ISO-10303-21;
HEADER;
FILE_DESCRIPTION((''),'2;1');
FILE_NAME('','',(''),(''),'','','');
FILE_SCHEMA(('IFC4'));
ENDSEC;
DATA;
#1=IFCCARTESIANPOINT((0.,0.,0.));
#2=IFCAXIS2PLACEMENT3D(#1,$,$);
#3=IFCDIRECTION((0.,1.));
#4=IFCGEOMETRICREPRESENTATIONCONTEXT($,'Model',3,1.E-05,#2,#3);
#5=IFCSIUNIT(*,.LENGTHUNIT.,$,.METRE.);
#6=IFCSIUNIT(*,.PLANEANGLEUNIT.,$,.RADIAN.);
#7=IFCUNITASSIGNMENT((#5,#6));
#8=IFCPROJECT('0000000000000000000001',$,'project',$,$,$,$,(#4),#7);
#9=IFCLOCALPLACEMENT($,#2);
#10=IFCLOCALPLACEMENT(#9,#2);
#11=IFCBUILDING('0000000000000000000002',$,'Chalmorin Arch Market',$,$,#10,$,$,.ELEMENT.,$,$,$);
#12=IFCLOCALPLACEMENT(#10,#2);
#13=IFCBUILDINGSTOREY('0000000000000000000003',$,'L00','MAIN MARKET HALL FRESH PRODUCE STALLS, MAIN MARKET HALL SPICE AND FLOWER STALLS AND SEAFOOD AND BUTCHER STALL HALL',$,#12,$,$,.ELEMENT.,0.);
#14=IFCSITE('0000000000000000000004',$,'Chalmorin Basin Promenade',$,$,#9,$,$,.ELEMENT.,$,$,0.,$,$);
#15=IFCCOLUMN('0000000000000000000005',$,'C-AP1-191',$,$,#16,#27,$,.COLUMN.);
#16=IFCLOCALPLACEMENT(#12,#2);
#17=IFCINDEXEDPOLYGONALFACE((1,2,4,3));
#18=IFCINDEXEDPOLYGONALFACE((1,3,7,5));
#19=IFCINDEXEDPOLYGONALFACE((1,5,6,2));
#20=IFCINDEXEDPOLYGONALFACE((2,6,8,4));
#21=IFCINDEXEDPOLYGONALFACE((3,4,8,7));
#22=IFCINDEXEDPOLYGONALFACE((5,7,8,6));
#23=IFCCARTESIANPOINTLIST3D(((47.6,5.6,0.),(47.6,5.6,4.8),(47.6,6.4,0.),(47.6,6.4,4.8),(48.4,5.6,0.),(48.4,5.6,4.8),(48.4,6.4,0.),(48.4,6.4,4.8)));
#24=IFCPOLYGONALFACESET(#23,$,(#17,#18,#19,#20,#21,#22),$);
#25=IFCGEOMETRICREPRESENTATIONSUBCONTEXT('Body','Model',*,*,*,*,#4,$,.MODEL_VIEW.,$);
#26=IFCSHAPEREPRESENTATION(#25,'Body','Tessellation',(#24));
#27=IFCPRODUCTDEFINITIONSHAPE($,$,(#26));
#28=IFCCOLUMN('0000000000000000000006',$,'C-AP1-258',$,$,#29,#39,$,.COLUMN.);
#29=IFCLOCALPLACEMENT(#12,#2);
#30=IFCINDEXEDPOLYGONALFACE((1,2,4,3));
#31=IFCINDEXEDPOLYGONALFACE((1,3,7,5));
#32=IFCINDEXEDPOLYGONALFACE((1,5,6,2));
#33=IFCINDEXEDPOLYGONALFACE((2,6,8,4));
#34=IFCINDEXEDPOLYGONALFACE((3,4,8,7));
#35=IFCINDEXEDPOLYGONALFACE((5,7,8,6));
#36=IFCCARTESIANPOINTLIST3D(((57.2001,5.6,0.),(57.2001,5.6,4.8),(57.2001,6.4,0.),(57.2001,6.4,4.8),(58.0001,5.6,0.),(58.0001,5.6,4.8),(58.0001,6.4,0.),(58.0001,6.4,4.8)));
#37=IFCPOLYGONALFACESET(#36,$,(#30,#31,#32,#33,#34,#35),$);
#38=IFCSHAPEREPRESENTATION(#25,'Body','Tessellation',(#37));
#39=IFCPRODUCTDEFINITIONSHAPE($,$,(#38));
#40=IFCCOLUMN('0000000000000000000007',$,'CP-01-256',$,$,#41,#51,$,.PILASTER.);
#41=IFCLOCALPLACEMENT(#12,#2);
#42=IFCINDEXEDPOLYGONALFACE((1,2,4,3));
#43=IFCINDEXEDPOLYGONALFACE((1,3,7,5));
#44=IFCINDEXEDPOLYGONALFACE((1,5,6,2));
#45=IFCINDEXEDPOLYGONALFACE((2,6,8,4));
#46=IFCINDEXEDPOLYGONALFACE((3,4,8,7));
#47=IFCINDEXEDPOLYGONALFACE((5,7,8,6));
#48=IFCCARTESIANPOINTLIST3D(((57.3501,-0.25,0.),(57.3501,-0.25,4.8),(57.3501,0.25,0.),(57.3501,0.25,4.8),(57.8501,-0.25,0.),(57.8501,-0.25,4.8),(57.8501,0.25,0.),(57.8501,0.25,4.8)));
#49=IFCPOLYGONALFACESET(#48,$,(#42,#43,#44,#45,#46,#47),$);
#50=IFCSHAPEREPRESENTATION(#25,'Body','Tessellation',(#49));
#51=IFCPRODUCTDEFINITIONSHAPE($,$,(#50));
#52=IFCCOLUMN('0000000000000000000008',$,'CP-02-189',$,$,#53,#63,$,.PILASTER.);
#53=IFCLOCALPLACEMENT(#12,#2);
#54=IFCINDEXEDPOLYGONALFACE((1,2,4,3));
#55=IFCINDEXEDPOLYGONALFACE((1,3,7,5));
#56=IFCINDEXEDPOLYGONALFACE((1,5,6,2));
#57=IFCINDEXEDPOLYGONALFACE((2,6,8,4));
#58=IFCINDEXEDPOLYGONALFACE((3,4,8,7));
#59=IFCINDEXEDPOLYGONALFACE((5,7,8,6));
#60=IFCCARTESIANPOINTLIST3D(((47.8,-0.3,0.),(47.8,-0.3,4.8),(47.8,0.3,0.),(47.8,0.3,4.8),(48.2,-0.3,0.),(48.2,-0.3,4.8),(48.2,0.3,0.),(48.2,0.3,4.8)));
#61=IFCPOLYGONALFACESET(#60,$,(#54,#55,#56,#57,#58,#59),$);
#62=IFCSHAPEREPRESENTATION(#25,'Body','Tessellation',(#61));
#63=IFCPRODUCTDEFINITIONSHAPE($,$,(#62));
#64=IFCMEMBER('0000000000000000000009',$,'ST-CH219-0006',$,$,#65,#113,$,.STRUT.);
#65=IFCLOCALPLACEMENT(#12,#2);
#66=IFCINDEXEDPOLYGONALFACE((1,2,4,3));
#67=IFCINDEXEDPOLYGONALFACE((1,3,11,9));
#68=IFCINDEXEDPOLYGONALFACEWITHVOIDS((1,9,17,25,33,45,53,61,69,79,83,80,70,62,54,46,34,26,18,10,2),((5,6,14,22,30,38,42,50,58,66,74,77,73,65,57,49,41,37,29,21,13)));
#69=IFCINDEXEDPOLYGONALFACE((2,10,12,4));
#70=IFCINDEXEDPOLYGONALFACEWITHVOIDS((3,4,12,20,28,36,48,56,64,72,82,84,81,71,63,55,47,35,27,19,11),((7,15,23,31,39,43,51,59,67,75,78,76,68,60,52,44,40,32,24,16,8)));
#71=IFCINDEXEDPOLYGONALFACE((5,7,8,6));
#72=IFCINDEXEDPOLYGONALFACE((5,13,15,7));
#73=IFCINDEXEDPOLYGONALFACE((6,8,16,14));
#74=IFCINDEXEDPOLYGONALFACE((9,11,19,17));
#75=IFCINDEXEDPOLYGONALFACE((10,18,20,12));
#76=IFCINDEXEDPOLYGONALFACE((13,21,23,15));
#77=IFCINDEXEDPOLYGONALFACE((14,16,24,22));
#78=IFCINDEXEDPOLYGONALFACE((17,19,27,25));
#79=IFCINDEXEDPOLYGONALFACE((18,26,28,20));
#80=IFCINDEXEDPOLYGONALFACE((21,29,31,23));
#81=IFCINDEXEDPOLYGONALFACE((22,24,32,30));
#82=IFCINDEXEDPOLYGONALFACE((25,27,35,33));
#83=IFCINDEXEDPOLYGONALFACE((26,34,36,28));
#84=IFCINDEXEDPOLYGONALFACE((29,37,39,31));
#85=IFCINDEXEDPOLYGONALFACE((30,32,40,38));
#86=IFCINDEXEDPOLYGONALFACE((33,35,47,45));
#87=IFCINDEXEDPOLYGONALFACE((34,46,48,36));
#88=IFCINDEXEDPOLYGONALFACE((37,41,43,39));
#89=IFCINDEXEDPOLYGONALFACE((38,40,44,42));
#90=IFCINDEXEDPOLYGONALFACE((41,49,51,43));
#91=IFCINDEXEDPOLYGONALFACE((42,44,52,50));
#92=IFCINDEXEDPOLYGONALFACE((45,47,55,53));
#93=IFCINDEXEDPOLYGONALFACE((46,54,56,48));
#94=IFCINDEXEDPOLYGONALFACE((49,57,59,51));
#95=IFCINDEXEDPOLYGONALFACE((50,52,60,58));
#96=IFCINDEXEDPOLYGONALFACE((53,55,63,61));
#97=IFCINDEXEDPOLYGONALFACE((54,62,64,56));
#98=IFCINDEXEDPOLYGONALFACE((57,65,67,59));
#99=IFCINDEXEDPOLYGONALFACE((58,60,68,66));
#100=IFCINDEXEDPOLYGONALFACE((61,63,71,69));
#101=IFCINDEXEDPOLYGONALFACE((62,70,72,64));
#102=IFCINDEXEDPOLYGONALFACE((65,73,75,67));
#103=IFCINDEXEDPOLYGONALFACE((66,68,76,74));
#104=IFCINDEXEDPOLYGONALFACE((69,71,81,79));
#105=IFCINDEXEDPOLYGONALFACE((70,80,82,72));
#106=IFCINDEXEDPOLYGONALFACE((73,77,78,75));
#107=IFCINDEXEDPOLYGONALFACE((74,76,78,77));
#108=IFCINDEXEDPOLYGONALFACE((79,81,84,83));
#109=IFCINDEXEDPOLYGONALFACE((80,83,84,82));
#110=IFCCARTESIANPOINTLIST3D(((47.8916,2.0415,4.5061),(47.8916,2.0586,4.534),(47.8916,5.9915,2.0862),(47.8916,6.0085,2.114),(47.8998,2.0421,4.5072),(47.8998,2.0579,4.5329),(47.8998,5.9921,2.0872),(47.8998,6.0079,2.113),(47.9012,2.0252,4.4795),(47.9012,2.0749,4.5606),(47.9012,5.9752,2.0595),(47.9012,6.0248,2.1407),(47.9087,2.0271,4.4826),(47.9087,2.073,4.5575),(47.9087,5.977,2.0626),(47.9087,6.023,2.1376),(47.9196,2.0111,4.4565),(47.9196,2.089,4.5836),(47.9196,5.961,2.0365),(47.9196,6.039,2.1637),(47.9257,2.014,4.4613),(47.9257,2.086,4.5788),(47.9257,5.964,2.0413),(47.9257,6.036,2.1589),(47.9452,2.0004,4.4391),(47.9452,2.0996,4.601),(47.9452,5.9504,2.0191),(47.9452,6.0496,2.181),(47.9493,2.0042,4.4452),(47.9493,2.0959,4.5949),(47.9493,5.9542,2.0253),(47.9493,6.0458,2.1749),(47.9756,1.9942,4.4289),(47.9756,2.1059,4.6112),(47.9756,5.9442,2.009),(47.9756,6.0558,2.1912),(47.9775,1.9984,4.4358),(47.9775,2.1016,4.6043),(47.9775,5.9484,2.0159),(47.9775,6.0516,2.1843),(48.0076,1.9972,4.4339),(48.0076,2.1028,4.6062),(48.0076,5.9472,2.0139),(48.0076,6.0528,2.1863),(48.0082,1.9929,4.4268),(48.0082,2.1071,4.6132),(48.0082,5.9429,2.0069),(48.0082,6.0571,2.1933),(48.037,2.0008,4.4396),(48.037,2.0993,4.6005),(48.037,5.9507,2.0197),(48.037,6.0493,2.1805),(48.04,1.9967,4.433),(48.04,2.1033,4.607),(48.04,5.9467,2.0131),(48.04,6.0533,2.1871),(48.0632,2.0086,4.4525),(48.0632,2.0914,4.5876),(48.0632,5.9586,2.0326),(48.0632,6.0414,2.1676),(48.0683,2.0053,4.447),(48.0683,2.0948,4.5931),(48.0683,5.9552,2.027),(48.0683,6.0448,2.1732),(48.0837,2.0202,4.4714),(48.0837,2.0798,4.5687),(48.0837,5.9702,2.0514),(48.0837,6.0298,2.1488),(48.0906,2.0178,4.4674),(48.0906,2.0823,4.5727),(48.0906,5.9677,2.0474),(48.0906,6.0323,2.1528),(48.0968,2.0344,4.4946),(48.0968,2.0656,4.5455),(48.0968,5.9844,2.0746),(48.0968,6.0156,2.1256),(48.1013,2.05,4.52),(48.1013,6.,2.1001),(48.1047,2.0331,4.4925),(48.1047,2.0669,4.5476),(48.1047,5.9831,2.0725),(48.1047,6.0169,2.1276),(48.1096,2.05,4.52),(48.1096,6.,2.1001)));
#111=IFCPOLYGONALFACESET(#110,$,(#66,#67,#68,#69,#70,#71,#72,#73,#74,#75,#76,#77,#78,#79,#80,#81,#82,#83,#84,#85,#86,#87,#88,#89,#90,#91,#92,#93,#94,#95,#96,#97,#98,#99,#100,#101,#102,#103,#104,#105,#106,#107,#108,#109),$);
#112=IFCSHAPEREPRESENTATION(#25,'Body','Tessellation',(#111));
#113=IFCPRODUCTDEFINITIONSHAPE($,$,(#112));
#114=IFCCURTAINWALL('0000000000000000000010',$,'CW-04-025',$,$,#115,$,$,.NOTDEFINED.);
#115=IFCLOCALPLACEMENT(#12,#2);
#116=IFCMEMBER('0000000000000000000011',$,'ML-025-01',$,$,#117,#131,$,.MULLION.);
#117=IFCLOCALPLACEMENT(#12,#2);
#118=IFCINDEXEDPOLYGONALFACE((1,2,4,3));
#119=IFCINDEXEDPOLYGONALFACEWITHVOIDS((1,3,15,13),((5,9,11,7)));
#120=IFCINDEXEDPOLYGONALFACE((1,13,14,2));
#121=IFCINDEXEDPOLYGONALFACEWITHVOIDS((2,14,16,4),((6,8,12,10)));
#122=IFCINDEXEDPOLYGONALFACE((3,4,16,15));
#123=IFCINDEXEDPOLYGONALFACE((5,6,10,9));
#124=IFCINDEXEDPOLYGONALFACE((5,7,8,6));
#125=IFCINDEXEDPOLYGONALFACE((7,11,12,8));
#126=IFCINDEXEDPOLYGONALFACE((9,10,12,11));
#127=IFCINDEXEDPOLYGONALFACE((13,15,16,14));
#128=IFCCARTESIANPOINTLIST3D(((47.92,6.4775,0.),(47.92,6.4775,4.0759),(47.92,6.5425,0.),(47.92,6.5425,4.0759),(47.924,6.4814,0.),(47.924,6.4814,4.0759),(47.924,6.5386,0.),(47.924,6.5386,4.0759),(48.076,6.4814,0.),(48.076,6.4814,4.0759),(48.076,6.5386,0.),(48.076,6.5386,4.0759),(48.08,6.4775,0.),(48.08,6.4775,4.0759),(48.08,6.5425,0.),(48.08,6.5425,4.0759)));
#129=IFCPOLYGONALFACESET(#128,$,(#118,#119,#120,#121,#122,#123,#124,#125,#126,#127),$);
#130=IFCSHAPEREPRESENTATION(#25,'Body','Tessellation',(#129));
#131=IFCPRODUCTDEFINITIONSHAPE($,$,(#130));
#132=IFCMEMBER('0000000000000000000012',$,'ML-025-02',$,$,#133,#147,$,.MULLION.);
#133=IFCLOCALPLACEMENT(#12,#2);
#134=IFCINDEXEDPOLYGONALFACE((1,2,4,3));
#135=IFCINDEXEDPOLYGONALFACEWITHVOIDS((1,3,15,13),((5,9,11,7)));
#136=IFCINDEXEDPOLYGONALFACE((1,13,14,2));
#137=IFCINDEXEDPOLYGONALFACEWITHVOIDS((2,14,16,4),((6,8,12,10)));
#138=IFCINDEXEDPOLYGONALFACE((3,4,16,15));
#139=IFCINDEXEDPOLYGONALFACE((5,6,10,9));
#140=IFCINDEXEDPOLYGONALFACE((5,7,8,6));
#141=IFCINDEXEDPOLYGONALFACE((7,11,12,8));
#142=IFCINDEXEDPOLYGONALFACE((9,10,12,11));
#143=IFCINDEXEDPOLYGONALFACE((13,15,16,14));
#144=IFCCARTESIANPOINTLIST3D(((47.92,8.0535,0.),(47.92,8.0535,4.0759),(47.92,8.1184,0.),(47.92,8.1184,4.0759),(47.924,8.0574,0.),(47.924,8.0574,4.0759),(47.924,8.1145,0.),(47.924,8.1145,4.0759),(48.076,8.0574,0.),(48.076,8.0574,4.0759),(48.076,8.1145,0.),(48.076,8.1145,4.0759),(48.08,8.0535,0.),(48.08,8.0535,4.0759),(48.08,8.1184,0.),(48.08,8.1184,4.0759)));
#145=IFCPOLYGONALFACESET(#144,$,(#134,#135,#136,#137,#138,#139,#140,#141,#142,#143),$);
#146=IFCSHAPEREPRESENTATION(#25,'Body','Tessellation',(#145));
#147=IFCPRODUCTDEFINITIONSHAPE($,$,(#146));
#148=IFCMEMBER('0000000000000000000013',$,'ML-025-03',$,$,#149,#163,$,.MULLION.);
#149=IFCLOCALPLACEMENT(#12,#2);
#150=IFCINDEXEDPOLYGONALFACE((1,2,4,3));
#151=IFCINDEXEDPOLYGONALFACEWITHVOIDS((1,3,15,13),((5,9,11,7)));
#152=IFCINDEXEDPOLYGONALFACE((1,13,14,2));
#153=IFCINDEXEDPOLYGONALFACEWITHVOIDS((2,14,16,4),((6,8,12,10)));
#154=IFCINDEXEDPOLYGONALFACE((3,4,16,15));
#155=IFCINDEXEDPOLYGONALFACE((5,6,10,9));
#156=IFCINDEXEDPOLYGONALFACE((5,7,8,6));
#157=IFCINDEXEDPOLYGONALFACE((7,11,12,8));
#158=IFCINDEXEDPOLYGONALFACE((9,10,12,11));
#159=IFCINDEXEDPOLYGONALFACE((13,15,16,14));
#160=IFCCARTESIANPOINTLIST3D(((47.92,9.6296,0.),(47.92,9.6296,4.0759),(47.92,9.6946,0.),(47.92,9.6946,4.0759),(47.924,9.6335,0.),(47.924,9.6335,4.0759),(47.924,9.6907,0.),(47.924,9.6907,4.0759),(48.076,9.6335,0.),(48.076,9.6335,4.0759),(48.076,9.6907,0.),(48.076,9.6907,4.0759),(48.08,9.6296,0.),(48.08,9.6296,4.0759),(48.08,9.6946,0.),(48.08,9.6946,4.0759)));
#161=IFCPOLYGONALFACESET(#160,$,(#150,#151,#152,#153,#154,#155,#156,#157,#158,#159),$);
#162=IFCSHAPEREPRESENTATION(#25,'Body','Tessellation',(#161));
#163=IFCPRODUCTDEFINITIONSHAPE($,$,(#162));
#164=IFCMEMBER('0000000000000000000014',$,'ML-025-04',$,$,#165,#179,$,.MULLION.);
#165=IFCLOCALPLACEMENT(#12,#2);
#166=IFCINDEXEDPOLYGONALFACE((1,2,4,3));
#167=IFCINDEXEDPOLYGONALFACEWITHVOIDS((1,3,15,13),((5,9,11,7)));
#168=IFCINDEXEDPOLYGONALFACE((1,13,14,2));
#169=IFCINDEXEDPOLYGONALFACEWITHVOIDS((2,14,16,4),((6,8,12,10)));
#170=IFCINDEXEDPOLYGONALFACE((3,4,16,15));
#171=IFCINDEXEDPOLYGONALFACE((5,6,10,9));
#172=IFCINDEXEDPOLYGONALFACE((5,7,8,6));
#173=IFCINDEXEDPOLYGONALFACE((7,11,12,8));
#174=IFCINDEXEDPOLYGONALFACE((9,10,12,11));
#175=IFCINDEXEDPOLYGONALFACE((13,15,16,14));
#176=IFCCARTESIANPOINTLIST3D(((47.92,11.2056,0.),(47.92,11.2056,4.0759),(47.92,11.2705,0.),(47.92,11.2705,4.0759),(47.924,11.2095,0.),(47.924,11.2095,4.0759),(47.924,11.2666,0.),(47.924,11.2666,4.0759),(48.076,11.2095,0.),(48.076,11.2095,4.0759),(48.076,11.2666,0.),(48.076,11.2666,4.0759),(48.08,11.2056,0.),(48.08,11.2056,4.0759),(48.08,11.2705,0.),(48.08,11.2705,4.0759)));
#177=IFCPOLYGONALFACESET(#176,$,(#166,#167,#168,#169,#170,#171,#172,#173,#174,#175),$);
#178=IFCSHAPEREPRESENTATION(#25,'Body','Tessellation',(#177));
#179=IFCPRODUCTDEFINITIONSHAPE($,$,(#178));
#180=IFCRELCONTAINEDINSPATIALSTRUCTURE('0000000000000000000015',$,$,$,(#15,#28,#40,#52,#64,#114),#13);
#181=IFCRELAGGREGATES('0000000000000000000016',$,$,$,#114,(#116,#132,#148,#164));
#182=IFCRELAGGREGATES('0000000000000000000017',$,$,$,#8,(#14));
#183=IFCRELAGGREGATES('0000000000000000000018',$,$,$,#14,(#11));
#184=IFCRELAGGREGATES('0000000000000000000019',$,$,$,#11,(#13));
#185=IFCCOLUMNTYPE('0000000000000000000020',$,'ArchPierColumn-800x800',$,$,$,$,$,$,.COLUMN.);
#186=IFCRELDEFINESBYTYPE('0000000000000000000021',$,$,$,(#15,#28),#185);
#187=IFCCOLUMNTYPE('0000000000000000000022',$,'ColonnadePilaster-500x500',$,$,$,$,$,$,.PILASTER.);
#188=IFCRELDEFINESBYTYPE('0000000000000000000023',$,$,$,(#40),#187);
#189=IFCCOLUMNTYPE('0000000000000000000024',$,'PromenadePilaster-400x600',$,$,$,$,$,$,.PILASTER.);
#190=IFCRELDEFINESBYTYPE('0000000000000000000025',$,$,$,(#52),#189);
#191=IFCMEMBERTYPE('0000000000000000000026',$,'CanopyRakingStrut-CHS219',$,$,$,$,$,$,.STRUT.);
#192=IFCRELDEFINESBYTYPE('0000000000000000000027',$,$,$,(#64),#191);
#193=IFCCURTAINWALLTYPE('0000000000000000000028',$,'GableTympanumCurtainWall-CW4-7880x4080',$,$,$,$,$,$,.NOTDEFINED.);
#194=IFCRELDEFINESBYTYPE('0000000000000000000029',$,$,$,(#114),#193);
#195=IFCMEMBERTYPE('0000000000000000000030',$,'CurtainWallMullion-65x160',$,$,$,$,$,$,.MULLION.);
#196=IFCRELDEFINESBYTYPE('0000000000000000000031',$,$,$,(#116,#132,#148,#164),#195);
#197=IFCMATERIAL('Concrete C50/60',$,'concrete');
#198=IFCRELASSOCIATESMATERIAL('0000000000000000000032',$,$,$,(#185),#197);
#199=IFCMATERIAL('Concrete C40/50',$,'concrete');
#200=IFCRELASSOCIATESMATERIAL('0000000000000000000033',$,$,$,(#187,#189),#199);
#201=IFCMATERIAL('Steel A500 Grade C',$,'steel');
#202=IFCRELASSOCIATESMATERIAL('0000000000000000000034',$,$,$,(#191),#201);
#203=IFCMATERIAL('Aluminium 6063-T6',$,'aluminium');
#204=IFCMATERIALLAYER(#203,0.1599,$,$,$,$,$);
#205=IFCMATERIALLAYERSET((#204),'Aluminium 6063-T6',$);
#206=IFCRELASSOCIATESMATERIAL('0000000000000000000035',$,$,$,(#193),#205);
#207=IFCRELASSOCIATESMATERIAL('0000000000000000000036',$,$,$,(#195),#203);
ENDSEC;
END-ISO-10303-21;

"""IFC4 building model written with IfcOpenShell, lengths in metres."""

from ifc_helpers import new_model, si_unit, direction, frame, origin, origin_2d, place, context, subcontext, project, spatial, rectangle, hollow_rectangle, hollow_circle, extrude, material, layer, layer_set, material_profile, profile_set, type_object, element, aggregate, save


model = new_model("IFC4")

# Units and contexts
model_context = context("Model", 3, precision=1e-05, world=origin(), true_north=direction((0.0, 1.0)))
body_context = subcontext(model_context, "Body", "Model", "MODEL_VIEW")
ifc_project = project(units=[si_unit("LENGTHUNIT", "METRE"), si_unit("PLANEANGLEUNIT", "RADIAN")], contexts=[model_context])

# Site, building, storey
site_placement = place(None, origin())
site = spatial("IfcSite", under=ifc_project, at=site_placement, Name="Chalmorin Basin Promenade", CompositionType="ELEMENT", RefElevation=0.0)
building_placement = place(site_placement, origin())
building = spatial("IfcBuilding", under=site, at=building_placement, Name="Chalmorin Arch Market", CompositionType="ELEMENT")
storey_placement = place(building_placement, origin())
storey = spatial("IfcBuildingStorey", under=building, at=storey_placement, Name="L00", Description="MAIN MARKET HALL FRESH PRODUCE STALLS, MAIN MARKET HALL SPICE AND FLOWER STALLS AND SEAFOOD AND BUTCHER STALL HALL", CompositionType="ELEMENT", Elevation=0.0)

# Columns
ifc_material_1 = material(Name="Concrete C50/60", Category="concrete")
ifc_material_profile_1 = material_profile(ifc_material_1, rectangle(XDim=0.8, YDim=0.8, at=origin_2d()), Name="RC800X800")
ifc_profile_set_1 = profile_set([ifc_material_profile_1], Name="Concrete C50/60")
column_type_1 = type_object("IfcColumnType", Name="ArchPierColumn-800x800", PredefinedType="COLUMN", material=ifc_profile_set_1)
for number, where, z_axis, x_axis, name in (
    (1, (48.0, 6.0, 0.0), (0.0, 0.0, 1.0), (1.0, 0.0, 0.0), "C-AP1-191"),
    (2, (57.6001, 6.0, 0.0), (0.0, 0.0, 1.0), (1.0, 0.0, 0.0), "C-AP1-258"),
):
    element("IfcColumn", number, at=place(storey_placement, frame(where, z_axis=z_axis, x_axis=x_axis)), inside=storey, type_object=column_type_1, Name=name, PredefinedType="COLUMN", context=body_context, shape_type="SweptSolid", body=[
        extrude(rectangle(XDim=0.8, YDim=0.8, at=origin_2d()), origin(), (0.0, 0.0, 1.0), 4.8),
    ])
ifc_material_2 = material(Name="Concrete C40/50", Category="concrete")
ifc_material_profile_2 = material_profile(ifc_material_2, rectangle(XDim=0.5, YDim=0.5, at=origin_2d()), Name="RC500X500")
ifc_profile_set_2 = profile_set([ifc_material_profile_2], Name="Concrete C40/50")
column_type_2 = type_object("IfcColumnType", Name="ColonnadePilaster-500x500", PredefinedType="PILASTER", material=ifc_profile_set_2)
column_1_placement = place(storey_placement, frame((57.6001, 0.0, 0.0), z_axis=(0.0, 0.0, 1.0), x_axis=(1.0, 0.0, 0.0)))
element("IfcColumn", 3, at=column_1_placement, inside=storey, type_object=column_type_2, Name="CP-01-256", PredefinedType="PILASTER", context=body_context, shape_type="SweptSolid", body=[
    extrude(rectangle(XDim=0.5, YDim=0.5, at=origin_2d()), origin(), (0.0, 0.0, 1.0), 4.8),
])
ifc_material_profile_3 = material_profile(ifc_material_2, rectangle(XDim=0.3999, YDim=0.6001, at=origin_2d()), Name="RC400X600")
ifc_profile_set_3 = profile_set([ifc_material_profile_3], Name="Concrete C40/50")
column_type_3 = type_object("IfcColumnType", Name="PromenadePilaster-400x600", PredefinedType="PILASTER", material=ifc_profile_set_3)
column_2_placement = place(storey_placement, frame((48.0, 0.0, 0.0), z_axis=(0.0, 0.0, 1.0), x_axis=(1.0, 0.0, 0.0)))
element("IfcColumn", 4, at=column_2_placement, inside=storey, type_object=column_type_3, Name="CP-02-189", PredefinedType="PILASTER", context=body_context, shape_type="SweptSolid", body=[
    extrude(rectangle(XDim=0.3999, YDim=0.6001, at=origin_2d()), origin(), (0.0, 0.0, 1.0), 4.8),
])

# Member
ifc_material_3 = material(Name="Steel A500 Grade C", Category="steel")
ifc_material_profile_4 = material_profile(ifc_material_3, hollow_circle(Radius=0.1096, WallThickness=0.0083, at=origin_2d()), Name="CHS219X8")
ifc_profile_set_4 = profile_set([ifc_material_profile_4], Name="Steel A500 Grade C")
member_type_1 = type_object("IfcMemberType", Name="CanopyRakingStrut-CHS219", PredefinedType="STRUT", material=ifc_profile_set_4)
member_1_placement = place(storey_placement, frame((48.0, 6.0, 2.1001), z_axis=(0.0, -0.852699, 0.522403), x_axis=(1.0, 0.0, 0.0)))
element("IfcMember", 5, at=member_1_placement, inside=storey, type_object=member_type_1, Name="ST-CH219-0006", PredefinedType="STRUT", context=body_context, shape_type="SweptSolid", body=[
    extrude(hollow_circle(Radius=0.1096, WallThickness=0.0083, at=origin_2d()), origin(), (0.0, 0.0, 1.0), 4.6323),
])

# Curtain wall, members
ifc_material_4 = material(Name="Aluminium 6063-T6", Category="aluminium")
ifc_layer_1 = layer(ifc_material_4, 0.1599)
ifc_layer_set_1 = layer_set([ifc_layer_1], Name="Aluminium 6063-T6")
curtain_wall_type = type_object("IfcCurtainWallType", Name="GableTympanumCurtainWall-CW4-7880x4080", PredefinedType="NOTDEFINED", material=ifc_layer_set_1)
curtain_wall_placement = place(storey_placement, origin())
curtain_wall = element("IfcCurtainWall", 6, at=curtain_wall_placement, inside=storey, type_object=curtain_wall_type, Name="CW-04-025", PredefinedType="NOTDEFINED")
ifc_material_profile_5 = material_profile(ifc_material_4, hollow_rectangle(XDim=0.0649, YDim=0.1599, WallThickness=0.0039, at=origin_2d()), Name="ALU65X160X4")
ifc_profile_set_5 = profile_set([ifc_material_profile_5], Name="Aluminium 6063-T6")
member_type_2 = type_object("IfcMemberType", Name="CurtainWallMullion-65x160", PredefinedType="MULLION", material=ifc_profile_set_5)
member_2_placement = place(storey_placement, frame((48.0, 6.51, 0.0), z_axis=(0.0, 0.0, 1.0), x_axis=(0.0, 1.0, 0.0)))
member_2 = element("IfcMember", 7, at=member_2_placement, type_object=member_type_2, Name="ML-025-01", PredefinedType="MULLION", context=body_context, shape_type="SweptSolid", body=[
    extrude(hollow_rectangle(XDim=0.0649, YDim=0.1599, WallThickness=0.0039, at=origin_2d()), origin(), (0.0, 0.0, 1.0), 4.0759),
])
member_3_placement = place(storey_placement, frame((48.0, 8.0859, 0.0), z_axis=(0.0, 0.0, 1.0), x_axis=(0.0, 1.0, 0.0)))
member_3 = element("IfcMember", 8, at=member_3_placement, type_object=member_type_2, Name="ML-025-02", PredefinedType="MULLION", context=body_context, shape_type="SweptSolid", body=[
    extrude(hollow_rectangle(XDim=0.0649, YDim=0.1599, WallThickness=0.0039, at=origin_2d()), origin(), (0.0, 0.0, 1.0), 4.0759),
])
member_4_placement = place(storey_placement, frame((48.0, 9.6621, 0.0), z_axis=(0.0, 0.0, 1.0), x_axis=(0.0, 1.0, 0.0)))
member_4 = element("IfcMember", 9, at=member_4_placement, type_object=member_type_2, Name="ML-025-03", PredefinedType="MULLION", context=body_context, shape_type="SweptSolid", body=[
    extrude(hollow_rectangle(XDim=0.0649, YDim=0.1599, WallThickness=0.0039, at=origin_2d()), origin(), (0.0, 0.0, 1.0), 4.0759),
])
member_5_placement = place(storey_placement, frame((48.0, 11.238, 0.0), z_axis=(0.0, 0.0, 1.0), x_axis=(0.0, 1.0, 0.0)))
member_5 = element("IfcMember", 10, at=member_5_placement, type_object=member_type_2, Name="ML-025-04", PredefinedType="MULLION", context=body_context, shape_type="SweptSolid", body=[
    extrude(hollow_rectangle(XDim=0.0649, YDim=0.1599, WallThickness=0.0039, at=origin_2d()), origin(), (0.0, 0.0, 1.0), 4.0759),
])

aggregate(curtain_wall, [member_2, member_3, member_4, member_5])

save(model, "model.ifc")
